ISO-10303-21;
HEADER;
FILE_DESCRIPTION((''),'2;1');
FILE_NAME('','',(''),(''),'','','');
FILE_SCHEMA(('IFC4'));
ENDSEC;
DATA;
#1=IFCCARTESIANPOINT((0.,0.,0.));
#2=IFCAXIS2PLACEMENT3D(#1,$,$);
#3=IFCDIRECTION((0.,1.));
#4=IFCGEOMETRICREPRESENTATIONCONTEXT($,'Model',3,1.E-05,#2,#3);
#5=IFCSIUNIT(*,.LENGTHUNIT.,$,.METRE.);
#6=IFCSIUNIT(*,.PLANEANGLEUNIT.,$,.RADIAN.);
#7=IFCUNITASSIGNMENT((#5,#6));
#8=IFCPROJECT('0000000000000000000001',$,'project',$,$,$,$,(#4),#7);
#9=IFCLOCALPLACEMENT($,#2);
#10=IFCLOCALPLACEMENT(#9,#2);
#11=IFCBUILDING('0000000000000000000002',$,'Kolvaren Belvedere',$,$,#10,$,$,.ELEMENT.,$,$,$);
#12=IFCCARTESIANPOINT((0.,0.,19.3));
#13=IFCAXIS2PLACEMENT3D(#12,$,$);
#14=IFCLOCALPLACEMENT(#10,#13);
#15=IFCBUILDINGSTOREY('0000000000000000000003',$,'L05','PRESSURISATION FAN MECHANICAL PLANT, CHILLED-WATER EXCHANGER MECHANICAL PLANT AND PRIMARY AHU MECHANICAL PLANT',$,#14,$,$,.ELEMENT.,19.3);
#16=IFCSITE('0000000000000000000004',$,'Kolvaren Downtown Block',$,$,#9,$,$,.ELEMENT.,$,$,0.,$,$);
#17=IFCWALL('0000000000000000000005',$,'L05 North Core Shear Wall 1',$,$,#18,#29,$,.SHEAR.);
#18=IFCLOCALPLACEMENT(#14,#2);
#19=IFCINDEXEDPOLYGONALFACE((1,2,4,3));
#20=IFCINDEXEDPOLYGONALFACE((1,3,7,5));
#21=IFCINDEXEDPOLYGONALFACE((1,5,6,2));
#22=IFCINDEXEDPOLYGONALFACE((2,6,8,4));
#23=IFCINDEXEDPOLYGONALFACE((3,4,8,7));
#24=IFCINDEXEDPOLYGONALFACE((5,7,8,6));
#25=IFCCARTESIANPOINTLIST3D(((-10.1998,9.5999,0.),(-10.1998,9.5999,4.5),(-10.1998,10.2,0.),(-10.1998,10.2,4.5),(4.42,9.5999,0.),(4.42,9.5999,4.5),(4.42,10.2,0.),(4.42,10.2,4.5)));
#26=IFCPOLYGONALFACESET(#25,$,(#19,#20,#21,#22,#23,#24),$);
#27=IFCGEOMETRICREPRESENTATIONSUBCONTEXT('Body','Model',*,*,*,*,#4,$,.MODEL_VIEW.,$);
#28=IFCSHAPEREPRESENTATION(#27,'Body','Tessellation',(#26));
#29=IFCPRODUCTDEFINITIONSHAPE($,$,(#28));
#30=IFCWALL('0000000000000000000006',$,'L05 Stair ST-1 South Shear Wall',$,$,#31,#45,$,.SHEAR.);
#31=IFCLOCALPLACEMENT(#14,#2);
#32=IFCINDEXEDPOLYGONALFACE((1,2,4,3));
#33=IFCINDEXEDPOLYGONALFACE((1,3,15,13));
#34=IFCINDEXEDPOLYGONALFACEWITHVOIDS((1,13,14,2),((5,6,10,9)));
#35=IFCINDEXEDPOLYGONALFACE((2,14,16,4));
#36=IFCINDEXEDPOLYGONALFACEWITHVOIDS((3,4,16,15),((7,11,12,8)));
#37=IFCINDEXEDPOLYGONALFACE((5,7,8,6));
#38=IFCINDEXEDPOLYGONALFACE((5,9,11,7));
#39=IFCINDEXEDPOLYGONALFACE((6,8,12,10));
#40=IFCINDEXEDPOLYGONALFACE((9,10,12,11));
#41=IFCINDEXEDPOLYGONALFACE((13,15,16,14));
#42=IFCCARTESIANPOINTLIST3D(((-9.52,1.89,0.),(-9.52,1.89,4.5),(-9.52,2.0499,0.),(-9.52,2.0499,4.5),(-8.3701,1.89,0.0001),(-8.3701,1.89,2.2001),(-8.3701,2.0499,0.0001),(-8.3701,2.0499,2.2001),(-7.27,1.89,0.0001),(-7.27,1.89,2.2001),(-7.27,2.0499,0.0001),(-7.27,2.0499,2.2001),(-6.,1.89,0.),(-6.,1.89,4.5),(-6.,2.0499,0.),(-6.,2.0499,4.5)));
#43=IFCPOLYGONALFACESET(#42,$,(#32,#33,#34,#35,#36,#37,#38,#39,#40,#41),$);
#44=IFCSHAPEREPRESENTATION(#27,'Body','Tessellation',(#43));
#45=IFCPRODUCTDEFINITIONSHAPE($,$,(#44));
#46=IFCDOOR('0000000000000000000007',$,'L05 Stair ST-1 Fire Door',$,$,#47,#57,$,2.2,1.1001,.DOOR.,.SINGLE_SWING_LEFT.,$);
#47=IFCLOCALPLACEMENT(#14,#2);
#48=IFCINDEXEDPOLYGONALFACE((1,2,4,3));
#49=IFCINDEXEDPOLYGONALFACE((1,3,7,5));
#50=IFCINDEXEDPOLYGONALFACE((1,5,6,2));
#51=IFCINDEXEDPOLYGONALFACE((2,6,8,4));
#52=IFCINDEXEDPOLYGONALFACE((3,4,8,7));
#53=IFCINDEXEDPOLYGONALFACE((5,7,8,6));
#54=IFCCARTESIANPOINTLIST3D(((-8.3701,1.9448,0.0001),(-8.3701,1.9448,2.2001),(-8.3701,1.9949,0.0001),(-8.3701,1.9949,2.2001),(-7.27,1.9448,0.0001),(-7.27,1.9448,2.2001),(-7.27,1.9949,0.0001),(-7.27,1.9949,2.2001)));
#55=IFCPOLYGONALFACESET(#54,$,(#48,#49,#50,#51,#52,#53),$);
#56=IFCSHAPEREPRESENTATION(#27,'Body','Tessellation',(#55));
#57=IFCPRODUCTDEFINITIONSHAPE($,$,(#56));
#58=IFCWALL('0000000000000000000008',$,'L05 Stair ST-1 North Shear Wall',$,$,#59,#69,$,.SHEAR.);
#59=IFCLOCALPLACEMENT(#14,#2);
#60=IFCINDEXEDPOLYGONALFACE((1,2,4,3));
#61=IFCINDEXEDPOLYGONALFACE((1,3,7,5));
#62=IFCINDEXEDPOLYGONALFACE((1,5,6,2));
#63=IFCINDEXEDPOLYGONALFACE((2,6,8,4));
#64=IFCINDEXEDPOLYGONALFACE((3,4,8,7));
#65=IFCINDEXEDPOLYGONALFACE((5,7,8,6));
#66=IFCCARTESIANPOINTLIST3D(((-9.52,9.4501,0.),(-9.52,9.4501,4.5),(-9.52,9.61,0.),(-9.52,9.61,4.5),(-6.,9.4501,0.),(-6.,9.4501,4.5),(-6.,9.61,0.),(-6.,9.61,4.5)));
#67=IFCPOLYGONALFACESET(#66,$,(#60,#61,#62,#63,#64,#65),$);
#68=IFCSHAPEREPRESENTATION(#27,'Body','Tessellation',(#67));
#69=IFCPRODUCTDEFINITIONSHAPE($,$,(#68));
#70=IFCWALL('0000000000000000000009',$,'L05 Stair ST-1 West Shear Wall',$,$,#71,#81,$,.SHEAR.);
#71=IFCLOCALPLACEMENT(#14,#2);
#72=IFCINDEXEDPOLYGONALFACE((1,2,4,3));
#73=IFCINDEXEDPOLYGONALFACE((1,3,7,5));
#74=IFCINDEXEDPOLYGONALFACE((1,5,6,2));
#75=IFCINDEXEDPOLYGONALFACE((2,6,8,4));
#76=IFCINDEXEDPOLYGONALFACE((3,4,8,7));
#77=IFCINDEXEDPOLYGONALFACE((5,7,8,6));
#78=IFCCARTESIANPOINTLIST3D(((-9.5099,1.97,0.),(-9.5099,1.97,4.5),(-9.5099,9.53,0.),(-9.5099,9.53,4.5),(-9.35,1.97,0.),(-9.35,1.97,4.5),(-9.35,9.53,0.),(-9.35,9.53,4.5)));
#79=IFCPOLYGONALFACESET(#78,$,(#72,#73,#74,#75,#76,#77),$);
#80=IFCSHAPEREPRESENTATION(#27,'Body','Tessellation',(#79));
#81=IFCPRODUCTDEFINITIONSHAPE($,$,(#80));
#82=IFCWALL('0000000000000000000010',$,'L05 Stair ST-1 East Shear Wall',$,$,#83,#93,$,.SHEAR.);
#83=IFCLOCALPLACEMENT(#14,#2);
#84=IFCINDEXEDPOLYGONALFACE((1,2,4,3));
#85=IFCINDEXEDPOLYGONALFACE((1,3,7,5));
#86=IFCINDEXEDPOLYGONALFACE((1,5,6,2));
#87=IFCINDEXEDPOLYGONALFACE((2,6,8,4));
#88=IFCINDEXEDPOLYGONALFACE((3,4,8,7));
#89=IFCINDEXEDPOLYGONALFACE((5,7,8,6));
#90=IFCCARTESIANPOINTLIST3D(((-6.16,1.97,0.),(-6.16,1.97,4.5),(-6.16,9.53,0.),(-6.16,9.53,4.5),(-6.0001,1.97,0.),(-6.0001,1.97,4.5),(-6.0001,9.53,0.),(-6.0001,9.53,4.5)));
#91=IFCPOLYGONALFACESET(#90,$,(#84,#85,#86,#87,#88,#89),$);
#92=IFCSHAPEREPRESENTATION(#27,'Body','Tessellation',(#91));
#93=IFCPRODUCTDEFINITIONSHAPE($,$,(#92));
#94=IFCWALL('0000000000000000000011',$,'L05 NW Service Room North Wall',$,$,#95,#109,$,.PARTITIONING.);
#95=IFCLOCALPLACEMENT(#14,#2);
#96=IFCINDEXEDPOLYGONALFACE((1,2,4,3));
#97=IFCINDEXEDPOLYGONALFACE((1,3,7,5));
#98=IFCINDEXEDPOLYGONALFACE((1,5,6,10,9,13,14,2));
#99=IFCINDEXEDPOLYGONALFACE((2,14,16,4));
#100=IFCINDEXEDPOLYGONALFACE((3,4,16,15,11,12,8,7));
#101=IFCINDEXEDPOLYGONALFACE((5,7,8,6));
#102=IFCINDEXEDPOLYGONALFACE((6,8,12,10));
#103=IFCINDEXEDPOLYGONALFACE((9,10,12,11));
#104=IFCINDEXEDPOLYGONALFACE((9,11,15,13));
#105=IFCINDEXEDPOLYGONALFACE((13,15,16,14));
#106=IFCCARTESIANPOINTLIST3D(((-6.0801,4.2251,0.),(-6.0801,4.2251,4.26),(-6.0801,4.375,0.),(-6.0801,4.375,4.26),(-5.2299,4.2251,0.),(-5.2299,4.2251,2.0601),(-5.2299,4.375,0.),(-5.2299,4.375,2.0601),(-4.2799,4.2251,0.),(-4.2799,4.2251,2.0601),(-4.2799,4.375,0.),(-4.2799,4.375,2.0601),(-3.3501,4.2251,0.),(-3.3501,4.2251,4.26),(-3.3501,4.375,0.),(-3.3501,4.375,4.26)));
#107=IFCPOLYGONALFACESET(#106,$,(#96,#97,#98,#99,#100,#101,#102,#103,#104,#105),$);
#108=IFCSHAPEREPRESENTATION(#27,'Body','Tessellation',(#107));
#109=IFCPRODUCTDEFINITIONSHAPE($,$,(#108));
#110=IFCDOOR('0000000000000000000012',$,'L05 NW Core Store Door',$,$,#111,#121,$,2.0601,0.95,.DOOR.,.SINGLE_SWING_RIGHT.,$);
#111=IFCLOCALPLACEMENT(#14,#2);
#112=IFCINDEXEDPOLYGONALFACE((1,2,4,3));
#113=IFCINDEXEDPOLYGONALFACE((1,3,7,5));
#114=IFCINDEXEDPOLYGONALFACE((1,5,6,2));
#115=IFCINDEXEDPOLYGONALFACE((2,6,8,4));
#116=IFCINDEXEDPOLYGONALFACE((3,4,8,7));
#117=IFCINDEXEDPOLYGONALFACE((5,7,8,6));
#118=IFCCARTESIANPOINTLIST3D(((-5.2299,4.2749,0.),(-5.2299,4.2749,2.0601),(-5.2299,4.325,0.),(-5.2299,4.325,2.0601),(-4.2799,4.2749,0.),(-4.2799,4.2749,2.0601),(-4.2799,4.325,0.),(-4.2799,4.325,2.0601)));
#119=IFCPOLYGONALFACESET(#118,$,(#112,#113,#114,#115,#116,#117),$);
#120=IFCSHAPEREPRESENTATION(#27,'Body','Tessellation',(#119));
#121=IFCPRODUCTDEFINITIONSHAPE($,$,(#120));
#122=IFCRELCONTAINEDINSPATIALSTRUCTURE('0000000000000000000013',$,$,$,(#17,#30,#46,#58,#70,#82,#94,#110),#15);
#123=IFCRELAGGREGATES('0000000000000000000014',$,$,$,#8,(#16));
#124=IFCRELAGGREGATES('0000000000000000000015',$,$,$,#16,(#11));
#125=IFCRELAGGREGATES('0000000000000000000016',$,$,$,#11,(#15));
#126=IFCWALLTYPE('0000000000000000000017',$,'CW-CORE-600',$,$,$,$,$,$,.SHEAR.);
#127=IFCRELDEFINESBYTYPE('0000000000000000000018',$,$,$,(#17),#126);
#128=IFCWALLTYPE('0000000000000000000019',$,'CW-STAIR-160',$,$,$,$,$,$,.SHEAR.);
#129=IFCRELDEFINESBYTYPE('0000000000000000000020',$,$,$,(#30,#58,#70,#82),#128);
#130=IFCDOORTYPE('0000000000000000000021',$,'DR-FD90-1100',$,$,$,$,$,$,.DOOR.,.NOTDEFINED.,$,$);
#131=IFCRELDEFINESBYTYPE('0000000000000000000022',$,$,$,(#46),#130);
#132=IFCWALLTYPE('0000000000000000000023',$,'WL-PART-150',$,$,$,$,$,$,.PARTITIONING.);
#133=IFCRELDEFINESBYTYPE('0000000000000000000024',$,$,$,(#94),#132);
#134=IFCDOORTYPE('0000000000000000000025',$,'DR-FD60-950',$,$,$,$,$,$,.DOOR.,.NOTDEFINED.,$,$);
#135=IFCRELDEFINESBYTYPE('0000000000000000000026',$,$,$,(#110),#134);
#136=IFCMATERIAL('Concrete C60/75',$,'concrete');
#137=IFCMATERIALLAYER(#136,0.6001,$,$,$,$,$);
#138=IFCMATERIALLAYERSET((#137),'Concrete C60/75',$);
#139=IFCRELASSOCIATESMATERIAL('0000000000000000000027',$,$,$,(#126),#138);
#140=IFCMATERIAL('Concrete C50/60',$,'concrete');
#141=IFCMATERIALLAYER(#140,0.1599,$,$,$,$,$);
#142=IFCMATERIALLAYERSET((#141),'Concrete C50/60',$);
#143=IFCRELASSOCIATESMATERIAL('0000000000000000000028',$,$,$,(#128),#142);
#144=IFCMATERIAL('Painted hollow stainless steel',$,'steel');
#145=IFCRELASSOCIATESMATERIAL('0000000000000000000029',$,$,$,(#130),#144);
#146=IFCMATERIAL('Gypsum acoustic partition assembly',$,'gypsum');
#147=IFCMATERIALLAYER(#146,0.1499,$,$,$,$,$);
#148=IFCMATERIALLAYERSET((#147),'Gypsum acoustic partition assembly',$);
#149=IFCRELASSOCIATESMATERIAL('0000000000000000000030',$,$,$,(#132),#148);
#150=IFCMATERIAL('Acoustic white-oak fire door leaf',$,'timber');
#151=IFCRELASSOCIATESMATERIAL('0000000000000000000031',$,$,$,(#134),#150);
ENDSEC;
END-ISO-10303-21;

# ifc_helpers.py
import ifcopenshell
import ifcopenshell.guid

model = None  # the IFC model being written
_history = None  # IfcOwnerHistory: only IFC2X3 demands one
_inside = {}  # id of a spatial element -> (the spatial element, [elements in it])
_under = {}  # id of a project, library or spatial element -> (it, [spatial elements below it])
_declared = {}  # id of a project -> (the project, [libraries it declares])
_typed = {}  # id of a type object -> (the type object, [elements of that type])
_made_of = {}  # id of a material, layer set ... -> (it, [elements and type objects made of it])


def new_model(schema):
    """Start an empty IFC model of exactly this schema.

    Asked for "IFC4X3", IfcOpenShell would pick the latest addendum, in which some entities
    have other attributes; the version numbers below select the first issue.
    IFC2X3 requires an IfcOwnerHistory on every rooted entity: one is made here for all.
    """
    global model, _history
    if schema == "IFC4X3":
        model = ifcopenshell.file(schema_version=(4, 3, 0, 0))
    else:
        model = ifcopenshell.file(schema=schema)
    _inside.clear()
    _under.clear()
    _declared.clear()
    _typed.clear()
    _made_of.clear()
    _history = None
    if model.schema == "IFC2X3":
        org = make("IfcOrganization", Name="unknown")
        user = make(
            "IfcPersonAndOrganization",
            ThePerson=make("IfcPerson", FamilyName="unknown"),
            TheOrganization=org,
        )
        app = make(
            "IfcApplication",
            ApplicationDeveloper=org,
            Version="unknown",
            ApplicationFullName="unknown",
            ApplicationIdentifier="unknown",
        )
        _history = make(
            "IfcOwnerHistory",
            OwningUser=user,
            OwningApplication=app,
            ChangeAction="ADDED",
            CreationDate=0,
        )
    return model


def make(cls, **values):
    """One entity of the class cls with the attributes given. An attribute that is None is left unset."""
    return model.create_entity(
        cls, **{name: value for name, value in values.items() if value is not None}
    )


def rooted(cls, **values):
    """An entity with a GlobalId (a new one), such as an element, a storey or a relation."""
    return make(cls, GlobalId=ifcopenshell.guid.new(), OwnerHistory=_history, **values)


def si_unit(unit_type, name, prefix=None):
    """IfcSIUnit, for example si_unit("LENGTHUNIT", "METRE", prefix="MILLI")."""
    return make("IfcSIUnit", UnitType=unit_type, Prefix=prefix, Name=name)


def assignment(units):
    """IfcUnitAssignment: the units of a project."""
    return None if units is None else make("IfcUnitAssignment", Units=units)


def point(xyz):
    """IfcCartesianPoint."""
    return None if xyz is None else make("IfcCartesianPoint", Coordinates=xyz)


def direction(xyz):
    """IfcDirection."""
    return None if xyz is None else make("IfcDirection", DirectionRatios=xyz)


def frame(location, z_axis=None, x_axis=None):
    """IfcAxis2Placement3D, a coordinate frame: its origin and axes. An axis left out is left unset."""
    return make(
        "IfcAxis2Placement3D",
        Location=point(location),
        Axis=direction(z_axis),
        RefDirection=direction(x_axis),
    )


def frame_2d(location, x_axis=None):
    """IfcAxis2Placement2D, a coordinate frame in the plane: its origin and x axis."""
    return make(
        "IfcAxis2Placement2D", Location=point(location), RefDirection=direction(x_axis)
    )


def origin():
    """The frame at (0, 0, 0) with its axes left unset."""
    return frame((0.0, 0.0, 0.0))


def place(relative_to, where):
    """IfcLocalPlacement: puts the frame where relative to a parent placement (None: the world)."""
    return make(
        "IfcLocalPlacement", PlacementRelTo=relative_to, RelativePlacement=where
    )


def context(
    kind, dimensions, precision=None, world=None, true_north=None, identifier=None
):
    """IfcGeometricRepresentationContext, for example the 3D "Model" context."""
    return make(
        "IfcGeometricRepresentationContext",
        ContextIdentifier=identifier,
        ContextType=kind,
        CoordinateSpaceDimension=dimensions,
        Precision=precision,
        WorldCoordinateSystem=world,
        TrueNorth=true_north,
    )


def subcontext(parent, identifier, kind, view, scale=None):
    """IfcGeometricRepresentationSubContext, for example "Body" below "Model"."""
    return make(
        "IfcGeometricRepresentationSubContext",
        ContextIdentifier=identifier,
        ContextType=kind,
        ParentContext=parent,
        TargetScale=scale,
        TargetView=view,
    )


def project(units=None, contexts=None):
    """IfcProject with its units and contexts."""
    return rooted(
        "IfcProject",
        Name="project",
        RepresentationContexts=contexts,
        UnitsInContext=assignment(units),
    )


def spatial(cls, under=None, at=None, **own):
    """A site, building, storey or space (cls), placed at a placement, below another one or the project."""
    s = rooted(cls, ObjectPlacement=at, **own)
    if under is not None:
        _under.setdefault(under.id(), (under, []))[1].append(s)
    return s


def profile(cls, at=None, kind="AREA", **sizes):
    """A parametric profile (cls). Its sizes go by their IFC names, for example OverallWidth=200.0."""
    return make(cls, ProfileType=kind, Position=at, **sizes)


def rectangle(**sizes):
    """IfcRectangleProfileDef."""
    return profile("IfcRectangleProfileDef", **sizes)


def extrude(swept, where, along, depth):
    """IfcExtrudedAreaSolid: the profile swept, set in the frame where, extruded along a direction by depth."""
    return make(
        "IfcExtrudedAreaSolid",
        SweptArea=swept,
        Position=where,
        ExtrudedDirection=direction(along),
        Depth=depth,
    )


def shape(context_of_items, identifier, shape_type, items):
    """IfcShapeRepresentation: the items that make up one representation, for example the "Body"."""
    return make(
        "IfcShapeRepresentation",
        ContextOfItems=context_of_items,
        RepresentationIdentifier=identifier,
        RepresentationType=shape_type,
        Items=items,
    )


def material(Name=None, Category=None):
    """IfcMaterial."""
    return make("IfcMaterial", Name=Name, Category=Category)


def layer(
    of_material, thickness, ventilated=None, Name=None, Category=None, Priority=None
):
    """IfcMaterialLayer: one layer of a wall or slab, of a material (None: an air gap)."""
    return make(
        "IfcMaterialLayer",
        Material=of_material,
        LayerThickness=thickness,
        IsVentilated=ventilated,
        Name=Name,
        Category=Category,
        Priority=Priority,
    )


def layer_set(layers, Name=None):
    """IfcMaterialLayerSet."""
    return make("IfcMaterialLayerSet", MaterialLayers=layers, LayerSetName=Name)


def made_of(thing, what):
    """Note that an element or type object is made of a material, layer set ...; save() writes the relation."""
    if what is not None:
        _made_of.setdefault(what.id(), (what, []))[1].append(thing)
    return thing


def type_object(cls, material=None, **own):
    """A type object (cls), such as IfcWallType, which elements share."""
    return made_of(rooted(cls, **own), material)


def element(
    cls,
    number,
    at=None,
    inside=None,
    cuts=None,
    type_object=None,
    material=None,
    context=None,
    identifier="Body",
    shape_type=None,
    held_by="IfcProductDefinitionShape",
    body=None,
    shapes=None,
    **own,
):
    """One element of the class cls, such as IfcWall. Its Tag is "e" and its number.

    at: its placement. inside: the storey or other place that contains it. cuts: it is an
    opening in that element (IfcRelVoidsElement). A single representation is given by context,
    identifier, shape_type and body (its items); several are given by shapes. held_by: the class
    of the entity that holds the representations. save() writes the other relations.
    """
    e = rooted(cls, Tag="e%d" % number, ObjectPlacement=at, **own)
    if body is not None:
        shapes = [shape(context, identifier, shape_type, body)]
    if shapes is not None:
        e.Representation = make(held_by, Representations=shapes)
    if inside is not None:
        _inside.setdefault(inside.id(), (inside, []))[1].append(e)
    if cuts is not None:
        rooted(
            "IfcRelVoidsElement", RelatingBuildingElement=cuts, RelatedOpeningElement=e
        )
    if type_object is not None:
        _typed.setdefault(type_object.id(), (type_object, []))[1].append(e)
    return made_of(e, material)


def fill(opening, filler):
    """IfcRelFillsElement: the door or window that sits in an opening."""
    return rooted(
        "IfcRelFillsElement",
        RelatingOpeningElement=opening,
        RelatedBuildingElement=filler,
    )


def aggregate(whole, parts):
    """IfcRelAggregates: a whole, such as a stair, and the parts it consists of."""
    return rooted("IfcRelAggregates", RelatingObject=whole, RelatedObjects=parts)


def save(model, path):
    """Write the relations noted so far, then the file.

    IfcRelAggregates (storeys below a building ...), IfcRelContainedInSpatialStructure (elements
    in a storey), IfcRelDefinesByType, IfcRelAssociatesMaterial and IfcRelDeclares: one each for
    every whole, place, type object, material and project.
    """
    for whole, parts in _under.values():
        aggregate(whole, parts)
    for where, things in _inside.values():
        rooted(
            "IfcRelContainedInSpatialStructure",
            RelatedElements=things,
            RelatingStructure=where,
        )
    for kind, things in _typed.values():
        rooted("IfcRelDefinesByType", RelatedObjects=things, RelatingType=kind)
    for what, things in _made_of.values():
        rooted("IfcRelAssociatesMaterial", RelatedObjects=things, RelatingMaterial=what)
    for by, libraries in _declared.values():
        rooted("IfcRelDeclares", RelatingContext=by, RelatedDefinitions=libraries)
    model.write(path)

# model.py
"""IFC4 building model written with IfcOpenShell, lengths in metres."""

from ifc_helpers import new_model, si_unit, direction, frame, frame_2d, origin, place, context, subcontext, project, spatial, rectangle, extrude, material, layer, layer_set, type_object, element, fill, save


model = new_model("IFC4")

# Units and contexts
model_context = context("Model", 3, precision=1e-05, world=origin(), true_north=direction((0.0, 1.0)))
body_context = subcontext(model_context, "Body", "Model", "MODEL_VIEW")
ifc_project = project(units=[si_unit("LENGTHUNIT", "METRE"), si_unit("PLANEANGLEUNIT", "RADIAN")], contexts=[model_context])

# Site, building, storey
site_placement = place(None, origin())
site = spatial("IfcSite", under=ifc_project, at=site_placement, Name="Kolvaren Downtown Block", CompositionType="ELEMENT", RefElevation=0.0)
building_placement = place(site_placement, origin())
building = spatial("IfcBuilding", under=site, at=building_placement, Name="Kolvaren Belvedere", CompositionType="ELEMENT")
storey_placement = place(building_placement, frame((0.0, 0.0, 19.3)))
storey = spatial("IfcBuildingStorey", under=building, at=storey_placement, Name="L05", Description="PRESSURISATION FAN MECHANICAL PLANT, CHILLED-WATER EXCHANGER MECHANICAL PLANT AND PRIMARY AHU MECHANICAL PLANT", CompositionType="ELEMENT", Elevation=19.3)

# Wall
ifc_material_1 = material(Name="Concrete C60/75", Category="concrete")
ifc_layer_1 = layer(ifc_material_1, 0.6001)
ifc_layer_set_1 = layer_set([ifc_layer_1], Name="Concrete C60/75")
wall_type_1 = type_object("IfcWallType", Name="CW-CORE-600", PredefinedType="SHEAR", material=ifc_layer_set_1)
wall_1_placement = place(storey_placement, frame((-10.2, 9.8999, 0.0), z_axis=(0.0, 0.0, 1.0), x_axis=(1.0, 0.0, 0.0)))
element("IfcWall", 1, at=wall_1_placement, inside=storey, type_object=wall_type_1, Name="L05 North Core Shear Wall 1", PredefinedType="SHEAR", context=body_context, shape_type="SweptSolid", body=[
    extrude(rectangle(XDim=14.6199, YDim=0.6001, at=frame_2d((7.3101, 0.0))), origin(), (0.0, 0.0, 1.0), 4.5),
])

# Wall, opening, door
ifc_material_2 = material(Name="Concrete C50/60", Category="concrete")
ifc_layer_2 = layer(ifc_material_2, 0.1599)
ifc_layer_set_2 = layer_set([ifc_layer_2], Name="Concrete C50/60")
wall_type_2 = type_object("IfcWallType", Name="CW-STAIR-160", PredefinedType="SHEAR", material=ifc_layer_set_2)
wall_2_placement = place(storey_placement, frame((-9.52, 1.97, 0.0), z_axis=(0.0, 0.0, 1.0), x_axis=(1.0, 0.0, 0.0)))
wall_2 = element("IfcWall", 2, at=wall_2_placement, inside=storey, type_object=wall_type_2, Name="L05 Stair ST-1 South Shear Wall", PredefinedType="SHEAR", context=body_context, shape_type="SweptSolid", body=[
    extrude(rectangle(XDim=3.52, YDim=0.1599, at=frame_2d((1.76, 0.0))), origin(), (0.0, 0.0, 1.0), 4.5),
])
opening_1_placement = place(wall_2_placement, frame((1.1499, 0.0, 0.0)))
opening_1 = element("IfcOpeningElement", 3, at=opening_1_placement, cuts=wall_2, PredefinedType="OPENING", context=body_context, shape_type="SweptSolid", body=[
    extrude(rectangle(XDim=1.1001, YDim=2.2, at=frame_2d((0.55, 1.1001))), frame((0.0, 0.0898, 0.0), z_axis=(0.0, -1.0, 0.0), x_axis=(1.0, 0.0, 0.0)), (0.0, 0.0, 1.0), 0.1799),
])
ifc_material_3 = material(Name="Painted hollow stainless steel", Category="steel")
door_type_1 = type_object("IfcDoorType", Name="DR-FD90-1100", OperationType="NOTDEFINED", PredefinedType="DOOR", material=ifc_material_3)
door_1_placement = place(opening_1_placement, origin())
door_1 = element("IfcDoor", 4, at=door_1_placement, inside=storey, type_object=door_type_1, Name="L05 Stair ST-1 Fire Door", OperationType="SINGLE_SWING_LEFT", OverallHeight=2.2, OverallWidth=1.1001, PredefinedType="DOOR", context=body_context, shape_type="SweptSolid", body=[
    extrude(rectangle(XDim=1.1001, YDim=2.2, at=frame_2d((0.55, 1.1001))), frame((0.0, 0.0249, 0.0), z_axis=(0.0, -1.0, 0.0), x_axis=(1.0, 0.0, 0.0)), (0.0, 0.0, 1.0), 0.05),
])
fill(opening_1, door_1)

# Walls
wall_3_placement = place(storey_placement, frame((-9.52, 9.53, 0.0), z_axis=(0.0, 0.0, 1.0), x_axis=(1.0, 0.0, 0.0)))
element("IfcWall", 5, at=wall_3_placement, inside=storey, type_object=wall_type_2, Name="L05 Stair ST-1 North Shear Wall", PredefinedType="SHEAR", context=body_context, shape_type="SweptSolid", body=[
    extrude(rectangle(XDim=3.52, YDim=0.1599, at=frame_2d((1.76, 0.0))), origin(), (0.0, 0.0, 1.0), 4.5),
])
for number, where, z_axis, x_axis, name in (
    (6, (-9.4299, 1.97, 0.0), (0.0, 0.0, 1.0), (0.0, 1.0, 0.0), "L05 Stair ST-1 West Shear Wall"),
    (7, (-6.0801, 1.97, 0.0), (0.0, 0.0, 1.0), (0.0, 1.0, 0.0), "L05 Stair ST-1 East Shear Wall"),
):
    element("IfcWall", number, at=place(storey_placement, frame(where, z_axis=z_axis, x_axis=x_axis)), inside=storey, type_object=wall_type_2, Name=name, PredefinedType="SHEAR", context=body_context, shape_type="SweptSolid", body=[
        extrude(rectangle(XDim=7.5601, YDim=0.1599, at=frame_2d((3.78, 0.0))), origin(), (0.0, 0.0, 1.0), 4.5),
    ])

# Wall, opening, door
ifc_material_4 = material(Name="Gypsum acoustic partition assembly", Category="gypsum")
ifc_layer_3 = layer(ifc_material_4, 0.1499)
ifc_layer_set_3 = layer_set([ifc_layer_3], Name="Gypsum acoustic partition assembly")
wall_type_3 = type_object("IfcWallType", Name="WL-PART-150", PredefinedType="PARTITIONING", material=ifc_layer_set_3)
wall_4_placement = place(storey_placement, frame((-6.0801, 4.3, 0.0), z_axis=(0.0, 0.0, 1.0), x_axis=(1.0, 0.0, 0.0)))
wall_4 = element("IfcWall", 8, at=wall_4_placement, inside=storey, type_object=wall_type_3, Name="L05 NW Service Room North Wall", PredefinedType="PARTITIONING", context=body_context, shape_type="SweptSolid", body=[
    extrude(rectangle(XDim=2.73, YDim=0.1499, at=frame_2d((1.365, 0.0))), origin(), (0.0, 0.0, 1.0), 4.26),
])
opening_2_placement = place(wall_4_placement, frame((0.8501, 0.0, 0.0)))
opening_2 = element("IfcOpeningElement", 9, at=opening_2_placement, cuts=wall_4, PredefinedType="OPENING", context=body_context, shape_type="SweptSolid", body=[
    extrude(rectangle(XDim=0.95, YDim=2.0601, at=frame_2d((0.4751, 1.03))), frame((0.0, 0.085, 0.0), z_axis=(0.0, -1.0, 0.0), x_axis=(1.0, 0.0, 0.0)), (0.0, 0.0, 1.0), 0.1699),
])
ifc_material_5 = material(Name="Acoustic white-oak fire door leaf", Category="timber")
door_type_2 = type_object("IfcDoorType", Name="DR-FD60-950", OperationType="NOTDEFINED", PredefinedType="DOOR", material=ifc_material_5)
door_2_placement = place(opening_2_placement, origin())
door_2 = element("IfcDoor", 10, at=door_2_placement, inside=storey, type_object=door_type_2, Name="L05 NW Core Store Door", OperationType="SINGLE_SWING_RIGHT", OverallHeight=2.0601, OverallWidth=0.95, PredefinedType="DOOR", context=body_context, shape_type="SweptSolid", body=[
    extrude(rectangle(XDim=0.95, YDim=2.0601, at=frame_2d((0.4751, 1.03))), frame((0.0, 0.0249, 0.0), z_axis=(0.0, -1.0, 0.0), x_axis=(1.0, 0.0, 0.0)), (0.0, 0.0, 1.0), 0.05),
])
fill(opening_2, door_2)

save(model, "model.ifc")
